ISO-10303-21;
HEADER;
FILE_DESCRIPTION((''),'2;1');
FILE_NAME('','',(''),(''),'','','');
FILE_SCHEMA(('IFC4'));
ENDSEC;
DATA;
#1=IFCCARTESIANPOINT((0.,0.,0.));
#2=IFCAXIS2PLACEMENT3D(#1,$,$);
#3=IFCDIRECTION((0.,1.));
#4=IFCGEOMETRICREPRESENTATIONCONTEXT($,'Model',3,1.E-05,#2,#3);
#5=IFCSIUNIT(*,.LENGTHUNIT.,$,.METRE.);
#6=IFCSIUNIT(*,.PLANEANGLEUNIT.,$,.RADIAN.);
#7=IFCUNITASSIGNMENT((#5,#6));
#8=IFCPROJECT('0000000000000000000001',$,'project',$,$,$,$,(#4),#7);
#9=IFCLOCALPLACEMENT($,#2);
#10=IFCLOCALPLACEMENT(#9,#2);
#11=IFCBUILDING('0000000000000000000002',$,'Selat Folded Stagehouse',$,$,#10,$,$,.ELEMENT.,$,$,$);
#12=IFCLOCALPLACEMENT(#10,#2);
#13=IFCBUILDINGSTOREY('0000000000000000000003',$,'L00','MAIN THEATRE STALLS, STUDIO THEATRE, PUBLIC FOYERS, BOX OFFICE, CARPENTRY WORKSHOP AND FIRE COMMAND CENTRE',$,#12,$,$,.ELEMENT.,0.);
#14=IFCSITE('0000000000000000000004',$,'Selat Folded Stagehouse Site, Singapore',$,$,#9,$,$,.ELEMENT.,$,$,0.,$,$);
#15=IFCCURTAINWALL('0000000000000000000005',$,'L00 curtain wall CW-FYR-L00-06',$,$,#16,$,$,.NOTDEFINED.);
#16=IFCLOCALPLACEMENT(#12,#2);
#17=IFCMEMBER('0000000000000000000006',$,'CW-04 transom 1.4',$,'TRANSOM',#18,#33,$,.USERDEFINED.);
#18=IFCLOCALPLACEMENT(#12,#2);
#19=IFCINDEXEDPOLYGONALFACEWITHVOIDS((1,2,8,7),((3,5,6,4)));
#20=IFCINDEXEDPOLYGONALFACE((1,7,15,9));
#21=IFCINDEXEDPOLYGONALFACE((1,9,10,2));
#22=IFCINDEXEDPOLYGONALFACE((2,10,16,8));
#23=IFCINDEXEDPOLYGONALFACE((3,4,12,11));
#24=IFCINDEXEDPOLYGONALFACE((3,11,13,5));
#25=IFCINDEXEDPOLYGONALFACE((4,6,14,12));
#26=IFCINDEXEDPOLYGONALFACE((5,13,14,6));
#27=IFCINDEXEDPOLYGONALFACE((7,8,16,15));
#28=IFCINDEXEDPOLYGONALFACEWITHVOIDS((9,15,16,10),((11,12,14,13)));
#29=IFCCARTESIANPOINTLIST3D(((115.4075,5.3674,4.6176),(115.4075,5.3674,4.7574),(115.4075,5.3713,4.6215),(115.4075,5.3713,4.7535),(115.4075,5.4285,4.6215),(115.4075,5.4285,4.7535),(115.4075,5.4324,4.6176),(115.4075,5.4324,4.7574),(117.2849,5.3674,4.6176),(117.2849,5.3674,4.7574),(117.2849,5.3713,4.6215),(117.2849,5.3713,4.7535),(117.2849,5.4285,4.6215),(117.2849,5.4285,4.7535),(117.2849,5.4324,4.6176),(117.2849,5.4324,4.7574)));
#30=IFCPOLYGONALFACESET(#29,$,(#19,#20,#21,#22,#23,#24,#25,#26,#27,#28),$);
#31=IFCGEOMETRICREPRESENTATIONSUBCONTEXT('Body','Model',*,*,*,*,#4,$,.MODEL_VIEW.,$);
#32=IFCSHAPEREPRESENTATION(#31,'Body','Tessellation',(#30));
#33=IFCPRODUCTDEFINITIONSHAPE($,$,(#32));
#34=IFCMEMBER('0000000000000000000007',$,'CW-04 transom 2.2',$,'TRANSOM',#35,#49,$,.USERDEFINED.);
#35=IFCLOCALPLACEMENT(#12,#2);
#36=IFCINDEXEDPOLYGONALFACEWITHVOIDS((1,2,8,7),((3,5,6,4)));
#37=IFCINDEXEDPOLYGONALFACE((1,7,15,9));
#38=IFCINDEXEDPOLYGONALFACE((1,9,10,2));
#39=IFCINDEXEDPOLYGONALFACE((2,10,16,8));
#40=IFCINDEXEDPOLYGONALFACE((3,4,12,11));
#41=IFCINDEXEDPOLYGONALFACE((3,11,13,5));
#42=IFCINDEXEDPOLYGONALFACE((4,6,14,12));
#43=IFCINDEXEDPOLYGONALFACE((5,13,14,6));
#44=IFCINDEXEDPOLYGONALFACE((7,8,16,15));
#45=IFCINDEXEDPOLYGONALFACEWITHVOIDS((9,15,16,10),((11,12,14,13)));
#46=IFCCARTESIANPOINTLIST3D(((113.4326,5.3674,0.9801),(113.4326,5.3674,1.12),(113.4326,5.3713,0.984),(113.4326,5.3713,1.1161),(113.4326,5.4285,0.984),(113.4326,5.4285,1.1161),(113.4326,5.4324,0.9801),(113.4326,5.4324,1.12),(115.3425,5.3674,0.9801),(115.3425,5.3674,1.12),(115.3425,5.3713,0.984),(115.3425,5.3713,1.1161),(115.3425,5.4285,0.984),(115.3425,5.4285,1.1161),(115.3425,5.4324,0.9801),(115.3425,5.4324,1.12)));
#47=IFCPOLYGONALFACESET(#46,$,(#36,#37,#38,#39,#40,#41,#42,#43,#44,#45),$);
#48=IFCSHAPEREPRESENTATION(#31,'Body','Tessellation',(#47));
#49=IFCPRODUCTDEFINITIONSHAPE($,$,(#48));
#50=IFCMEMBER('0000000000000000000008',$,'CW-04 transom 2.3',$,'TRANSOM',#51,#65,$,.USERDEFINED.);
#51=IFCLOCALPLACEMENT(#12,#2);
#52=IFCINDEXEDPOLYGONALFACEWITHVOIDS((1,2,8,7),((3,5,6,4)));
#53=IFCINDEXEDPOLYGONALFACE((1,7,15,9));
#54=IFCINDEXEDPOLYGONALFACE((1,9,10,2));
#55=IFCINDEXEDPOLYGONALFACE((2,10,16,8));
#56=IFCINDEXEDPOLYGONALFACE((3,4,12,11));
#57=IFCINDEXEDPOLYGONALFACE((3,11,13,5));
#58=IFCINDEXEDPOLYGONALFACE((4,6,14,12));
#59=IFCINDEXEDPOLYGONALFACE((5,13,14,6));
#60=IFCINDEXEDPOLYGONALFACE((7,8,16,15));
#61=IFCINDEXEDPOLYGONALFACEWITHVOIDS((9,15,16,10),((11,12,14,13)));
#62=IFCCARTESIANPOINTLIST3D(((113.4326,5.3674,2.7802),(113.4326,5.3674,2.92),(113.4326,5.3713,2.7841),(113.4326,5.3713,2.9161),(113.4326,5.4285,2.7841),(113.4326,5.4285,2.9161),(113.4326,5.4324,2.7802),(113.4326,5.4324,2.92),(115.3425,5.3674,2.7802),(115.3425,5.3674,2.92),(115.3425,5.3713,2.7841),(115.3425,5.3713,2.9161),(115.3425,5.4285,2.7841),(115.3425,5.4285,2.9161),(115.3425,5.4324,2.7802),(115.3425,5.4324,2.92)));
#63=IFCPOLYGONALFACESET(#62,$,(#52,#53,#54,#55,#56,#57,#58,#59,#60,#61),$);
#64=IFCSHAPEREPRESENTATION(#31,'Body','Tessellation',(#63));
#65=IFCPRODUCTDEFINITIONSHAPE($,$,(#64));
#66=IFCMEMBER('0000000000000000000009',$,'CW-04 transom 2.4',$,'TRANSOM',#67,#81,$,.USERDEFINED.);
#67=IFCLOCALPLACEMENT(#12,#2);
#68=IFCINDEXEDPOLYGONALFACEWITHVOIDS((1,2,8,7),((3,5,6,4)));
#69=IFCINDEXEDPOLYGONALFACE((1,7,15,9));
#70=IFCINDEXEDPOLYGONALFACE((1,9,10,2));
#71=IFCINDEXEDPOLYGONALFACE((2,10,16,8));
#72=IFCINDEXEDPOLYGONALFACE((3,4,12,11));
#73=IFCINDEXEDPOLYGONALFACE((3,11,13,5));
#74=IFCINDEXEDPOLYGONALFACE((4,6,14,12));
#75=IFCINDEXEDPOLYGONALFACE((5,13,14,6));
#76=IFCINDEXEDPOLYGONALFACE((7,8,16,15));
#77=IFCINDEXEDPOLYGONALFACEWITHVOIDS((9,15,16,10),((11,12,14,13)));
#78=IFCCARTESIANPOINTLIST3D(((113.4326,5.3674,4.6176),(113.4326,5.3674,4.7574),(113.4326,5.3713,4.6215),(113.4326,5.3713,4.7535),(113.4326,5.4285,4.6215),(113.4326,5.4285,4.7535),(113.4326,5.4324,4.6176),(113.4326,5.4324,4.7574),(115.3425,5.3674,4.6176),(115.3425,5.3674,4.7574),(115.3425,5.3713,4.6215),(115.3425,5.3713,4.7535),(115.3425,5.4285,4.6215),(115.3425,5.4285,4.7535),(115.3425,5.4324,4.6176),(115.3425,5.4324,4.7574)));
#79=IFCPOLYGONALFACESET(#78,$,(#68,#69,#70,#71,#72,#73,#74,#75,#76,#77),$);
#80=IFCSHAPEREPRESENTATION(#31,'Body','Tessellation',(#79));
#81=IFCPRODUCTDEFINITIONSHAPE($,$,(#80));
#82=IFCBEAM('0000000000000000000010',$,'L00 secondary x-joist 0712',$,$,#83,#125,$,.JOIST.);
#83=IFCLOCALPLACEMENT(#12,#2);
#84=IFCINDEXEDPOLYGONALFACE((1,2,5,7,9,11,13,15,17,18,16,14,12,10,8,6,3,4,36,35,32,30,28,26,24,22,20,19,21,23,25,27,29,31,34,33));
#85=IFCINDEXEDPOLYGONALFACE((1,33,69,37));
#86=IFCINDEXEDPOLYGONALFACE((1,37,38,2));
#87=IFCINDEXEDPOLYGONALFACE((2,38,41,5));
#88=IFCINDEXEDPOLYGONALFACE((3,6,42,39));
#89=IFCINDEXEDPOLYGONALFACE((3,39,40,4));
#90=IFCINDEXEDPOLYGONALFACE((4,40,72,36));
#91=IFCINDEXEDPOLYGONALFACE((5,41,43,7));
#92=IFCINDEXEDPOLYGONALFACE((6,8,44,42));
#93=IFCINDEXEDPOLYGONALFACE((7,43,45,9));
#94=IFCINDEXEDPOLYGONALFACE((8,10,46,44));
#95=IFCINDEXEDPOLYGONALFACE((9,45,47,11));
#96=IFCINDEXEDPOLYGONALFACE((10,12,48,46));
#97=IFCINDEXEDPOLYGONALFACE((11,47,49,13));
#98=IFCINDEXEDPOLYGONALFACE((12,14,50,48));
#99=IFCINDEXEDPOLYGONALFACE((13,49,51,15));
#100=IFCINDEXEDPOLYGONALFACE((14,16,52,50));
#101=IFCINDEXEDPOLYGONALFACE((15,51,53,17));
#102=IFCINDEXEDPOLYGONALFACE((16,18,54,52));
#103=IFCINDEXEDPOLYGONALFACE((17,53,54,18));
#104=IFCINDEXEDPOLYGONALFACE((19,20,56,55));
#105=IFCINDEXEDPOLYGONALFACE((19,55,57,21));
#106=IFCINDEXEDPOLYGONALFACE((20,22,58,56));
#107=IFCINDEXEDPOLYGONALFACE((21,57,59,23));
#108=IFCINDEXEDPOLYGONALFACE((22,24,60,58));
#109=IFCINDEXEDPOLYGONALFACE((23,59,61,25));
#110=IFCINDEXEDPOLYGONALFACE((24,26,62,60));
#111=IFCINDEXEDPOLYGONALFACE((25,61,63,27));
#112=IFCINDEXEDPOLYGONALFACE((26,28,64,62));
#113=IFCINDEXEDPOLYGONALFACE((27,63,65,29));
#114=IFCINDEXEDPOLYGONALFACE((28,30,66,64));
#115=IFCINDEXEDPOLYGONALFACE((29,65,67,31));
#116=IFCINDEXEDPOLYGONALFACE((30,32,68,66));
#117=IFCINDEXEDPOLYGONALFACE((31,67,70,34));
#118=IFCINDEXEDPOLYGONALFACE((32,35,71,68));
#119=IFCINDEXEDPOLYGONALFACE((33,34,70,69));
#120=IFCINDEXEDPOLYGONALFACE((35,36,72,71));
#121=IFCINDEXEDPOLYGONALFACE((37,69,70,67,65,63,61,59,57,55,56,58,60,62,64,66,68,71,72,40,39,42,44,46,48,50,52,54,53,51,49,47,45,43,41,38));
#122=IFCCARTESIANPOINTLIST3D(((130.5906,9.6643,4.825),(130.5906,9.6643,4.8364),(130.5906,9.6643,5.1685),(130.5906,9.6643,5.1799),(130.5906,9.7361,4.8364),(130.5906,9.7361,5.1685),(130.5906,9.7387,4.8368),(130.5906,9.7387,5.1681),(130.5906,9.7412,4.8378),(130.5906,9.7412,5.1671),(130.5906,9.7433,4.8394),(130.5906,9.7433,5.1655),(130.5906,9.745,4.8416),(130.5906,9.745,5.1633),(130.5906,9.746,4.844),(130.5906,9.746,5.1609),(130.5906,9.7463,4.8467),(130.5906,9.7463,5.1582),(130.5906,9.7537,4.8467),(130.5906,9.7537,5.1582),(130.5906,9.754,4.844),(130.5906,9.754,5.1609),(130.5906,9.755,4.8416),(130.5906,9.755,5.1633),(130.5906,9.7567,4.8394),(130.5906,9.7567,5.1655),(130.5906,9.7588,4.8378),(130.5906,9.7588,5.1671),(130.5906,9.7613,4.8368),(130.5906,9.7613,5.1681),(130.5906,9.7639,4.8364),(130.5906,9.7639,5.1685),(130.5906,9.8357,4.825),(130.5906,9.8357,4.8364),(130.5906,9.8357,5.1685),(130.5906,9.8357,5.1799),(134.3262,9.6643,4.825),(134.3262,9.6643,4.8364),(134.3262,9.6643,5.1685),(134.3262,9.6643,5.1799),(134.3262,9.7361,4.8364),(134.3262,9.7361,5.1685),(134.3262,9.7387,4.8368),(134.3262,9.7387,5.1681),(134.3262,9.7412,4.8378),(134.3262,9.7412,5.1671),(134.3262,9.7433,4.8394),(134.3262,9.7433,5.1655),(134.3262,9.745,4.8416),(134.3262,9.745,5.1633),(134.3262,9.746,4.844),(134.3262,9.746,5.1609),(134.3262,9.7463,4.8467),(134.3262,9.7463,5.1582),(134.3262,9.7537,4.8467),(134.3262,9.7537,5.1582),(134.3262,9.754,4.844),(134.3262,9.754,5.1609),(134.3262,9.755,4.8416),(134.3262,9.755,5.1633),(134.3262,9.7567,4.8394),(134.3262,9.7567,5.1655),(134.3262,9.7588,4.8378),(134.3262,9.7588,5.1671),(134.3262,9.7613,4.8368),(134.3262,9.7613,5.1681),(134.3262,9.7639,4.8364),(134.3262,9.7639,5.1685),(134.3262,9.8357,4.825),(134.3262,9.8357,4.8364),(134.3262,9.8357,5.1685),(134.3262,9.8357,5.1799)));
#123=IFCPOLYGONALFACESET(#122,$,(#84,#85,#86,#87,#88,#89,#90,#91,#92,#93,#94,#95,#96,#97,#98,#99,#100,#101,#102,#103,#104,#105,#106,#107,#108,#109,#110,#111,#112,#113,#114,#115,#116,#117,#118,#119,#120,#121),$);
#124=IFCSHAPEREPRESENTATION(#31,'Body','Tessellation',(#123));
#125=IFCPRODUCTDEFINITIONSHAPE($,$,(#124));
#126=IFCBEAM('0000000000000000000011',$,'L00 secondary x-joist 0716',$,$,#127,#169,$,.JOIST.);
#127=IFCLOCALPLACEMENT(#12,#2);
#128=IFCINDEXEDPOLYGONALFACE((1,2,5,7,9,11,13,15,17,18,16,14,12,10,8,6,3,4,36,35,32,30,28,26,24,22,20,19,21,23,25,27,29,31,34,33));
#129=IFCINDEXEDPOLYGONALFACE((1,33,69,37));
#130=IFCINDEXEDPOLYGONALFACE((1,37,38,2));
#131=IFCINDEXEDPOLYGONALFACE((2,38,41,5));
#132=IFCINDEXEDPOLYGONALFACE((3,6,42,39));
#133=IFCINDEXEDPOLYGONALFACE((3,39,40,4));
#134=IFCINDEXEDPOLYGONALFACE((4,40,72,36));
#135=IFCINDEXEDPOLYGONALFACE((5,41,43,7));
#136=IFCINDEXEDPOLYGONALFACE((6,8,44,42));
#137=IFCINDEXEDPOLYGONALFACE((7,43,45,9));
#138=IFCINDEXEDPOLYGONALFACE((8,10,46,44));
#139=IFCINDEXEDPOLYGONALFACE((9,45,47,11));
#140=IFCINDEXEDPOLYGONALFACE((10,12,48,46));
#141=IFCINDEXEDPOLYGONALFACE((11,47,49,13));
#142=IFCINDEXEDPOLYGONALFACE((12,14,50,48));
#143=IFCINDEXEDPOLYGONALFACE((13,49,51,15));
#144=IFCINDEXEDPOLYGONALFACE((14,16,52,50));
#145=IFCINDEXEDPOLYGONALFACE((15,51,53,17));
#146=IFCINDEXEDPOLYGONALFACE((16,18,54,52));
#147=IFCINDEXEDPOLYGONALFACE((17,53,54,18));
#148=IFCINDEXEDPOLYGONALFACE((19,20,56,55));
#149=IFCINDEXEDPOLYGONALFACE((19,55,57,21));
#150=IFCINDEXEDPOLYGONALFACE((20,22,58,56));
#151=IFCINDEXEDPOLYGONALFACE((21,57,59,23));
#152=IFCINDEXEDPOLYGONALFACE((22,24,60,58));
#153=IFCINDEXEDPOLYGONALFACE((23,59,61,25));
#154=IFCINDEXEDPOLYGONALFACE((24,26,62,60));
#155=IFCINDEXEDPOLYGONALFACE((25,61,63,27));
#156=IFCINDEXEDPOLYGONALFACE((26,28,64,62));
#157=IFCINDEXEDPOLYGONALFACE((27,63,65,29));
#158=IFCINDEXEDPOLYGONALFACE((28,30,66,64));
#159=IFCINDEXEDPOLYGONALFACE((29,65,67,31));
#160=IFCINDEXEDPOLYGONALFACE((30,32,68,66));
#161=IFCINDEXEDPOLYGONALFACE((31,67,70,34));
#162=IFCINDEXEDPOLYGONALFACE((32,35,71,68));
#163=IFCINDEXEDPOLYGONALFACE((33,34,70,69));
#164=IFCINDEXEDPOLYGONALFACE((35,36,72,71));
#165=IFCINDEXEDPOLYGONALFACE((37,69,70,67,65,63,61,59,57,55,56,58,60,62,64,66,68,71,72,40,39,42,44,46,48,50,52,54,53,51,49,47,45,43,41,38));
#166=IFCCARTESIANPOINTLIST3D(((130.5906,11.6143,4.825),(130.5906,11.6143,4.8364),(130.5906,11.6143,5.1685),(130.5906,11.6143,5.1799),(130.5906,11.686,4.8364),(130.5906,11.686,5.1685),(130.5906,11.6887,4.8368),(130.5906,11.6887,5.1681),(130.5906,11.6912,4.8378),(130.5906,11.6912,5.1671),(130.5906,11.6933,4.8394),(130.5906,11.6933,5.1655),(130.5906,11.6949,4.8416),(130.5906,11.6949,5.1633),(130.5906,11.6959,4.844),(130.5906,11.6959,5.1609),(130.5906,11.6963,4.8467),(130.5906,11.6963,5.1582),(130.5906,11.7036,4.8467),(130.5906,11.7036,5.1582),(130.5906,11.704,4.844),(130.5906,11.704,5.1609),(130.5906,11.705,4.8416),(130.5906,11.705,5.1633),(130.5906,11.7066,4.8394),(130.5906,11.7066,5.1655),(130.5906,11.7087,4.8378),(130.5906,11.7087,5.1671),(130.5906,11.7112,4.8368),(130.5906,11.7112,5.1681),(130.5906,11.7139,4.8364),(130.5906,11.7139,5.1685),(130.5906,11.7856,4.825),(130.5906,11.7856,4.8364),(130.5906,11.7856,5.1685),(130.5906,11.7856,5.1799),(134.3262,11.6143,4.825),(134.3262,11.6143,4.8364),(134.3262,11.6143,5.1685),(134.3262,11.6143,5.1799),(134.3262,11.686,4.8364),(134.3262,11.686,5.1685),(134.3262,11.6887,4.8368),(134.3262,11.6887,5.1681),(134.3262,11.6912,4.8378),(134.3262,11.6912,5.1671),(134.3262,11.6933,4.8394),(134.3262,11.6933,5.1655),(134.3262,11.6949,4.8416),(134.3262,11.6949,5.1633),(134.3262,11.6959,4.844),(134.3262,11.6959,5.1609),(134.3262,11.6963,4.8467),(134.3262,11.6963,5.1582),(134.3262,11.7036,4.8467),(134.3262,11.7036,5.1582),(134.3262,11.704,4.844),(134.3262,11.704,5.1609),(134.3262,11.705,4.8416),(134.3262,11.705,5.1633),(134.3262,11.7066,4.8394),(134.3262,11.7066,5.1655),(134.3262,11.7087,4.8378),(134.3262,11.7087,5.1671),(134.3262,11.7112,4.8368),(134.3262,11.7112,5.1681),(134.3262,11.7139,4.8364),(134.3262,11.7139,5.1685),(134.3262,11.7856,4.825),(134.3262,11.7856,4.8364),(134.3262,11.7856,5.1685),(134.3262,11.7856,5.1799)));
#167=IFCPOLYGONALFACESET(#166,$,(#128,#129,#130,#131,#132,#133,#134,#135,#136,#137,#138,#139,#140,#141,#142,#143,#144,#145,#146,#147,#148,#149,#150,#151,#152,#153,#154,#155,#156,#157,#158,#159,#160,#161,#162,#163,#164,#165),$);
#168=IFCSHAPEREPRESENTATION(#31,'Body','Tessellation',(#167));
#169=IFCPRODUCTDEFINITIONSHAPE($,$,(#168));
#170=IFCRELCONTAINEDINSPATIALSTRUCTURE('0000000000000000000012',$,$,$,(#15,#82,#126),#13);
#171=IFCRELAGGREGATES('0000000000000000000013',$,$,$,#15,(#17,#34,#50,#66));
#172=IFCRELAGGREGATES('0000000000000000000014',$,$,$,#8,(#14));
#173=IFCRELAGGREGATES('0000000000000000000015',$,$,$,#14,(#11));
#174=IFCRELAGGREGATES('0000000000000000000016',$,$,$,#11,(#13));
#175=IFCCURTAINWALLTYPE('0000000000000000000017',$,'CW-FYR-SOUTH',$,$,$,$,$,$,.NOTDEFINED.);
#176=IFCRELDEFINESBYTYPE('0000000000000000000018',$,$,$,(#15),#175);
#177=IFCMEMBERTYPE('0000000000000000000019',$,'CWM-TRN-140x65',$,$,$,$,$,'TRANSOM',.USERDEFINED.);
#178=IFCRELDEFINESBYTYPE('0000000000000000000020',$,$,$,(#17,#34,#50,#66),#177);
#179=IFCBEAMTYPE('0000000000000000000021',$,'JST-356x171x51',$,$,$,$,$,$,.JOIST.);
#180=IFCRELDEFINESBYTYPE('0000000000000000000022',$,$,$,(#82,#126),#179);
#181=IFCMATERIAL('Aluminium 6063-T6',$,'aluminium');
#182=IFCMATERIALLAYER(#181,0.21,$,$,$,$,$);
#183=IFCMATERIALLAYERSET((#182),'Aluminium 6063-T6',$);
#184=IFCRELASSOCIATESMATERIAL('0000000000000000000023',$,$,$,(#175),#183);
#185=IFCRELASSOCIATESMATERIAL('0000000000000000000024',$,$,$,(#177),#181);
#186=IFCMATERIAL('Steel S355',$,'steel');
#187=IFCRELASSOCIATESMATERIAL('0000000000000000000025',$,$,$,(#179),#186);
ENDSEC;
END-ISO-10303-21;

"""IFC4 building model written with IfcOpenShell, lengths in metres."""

from ifc_helpers import new_model, si_unit, direction, frame, origin, origin_2d, place, context, subcontext, project, spatial, hollow_rectangle, i_section, extrude, material, layer, layer_set, material_profile, profile_set, type_object, element, aggregate, save


model = new_model("IFC4")

# Units and contexts
model_context = context("Model", 3, precision=1e-05, world=origin(), true_north=direction((0.0, 1.0)))
body_context = subcontext(model_context, "Body", "Model", "MODEL_VIEW")
ifc_project = project(units=[si_unit("LENGTHUNIT", "METRE"), si_unit("PLANEANGLEUNIT", "RADIAN")], contexts=[model_context])

# Site, building, storey
site_placement = place(None, origin())
site = spatial("IfcSite", under=ifc_project, at=site_placement, Name="Selat Folded Stagehouse Site, Singapore", CompositionType="ELEMENT", RefElevation=0.0)
building_placement = place(site_placement, origin())
building = spatial("IfcBuilding", under=site, at=building_placement, Name="Selat Folded Stagehouse", CompositionType="ELEMENT")
storey_placement = place(building_placement, origin())
storey = spatial("IfcBuildingStorey", under=building, at=storey_placement, Name="L00", Description="MAIN THEATRE STALLS, STUDIO THEATRE, PUBLIC FOYERS, BOX OFFICE, CARPENTRY WORKSHOP AND FIRE COMMAND CENTRE", CompositionType="ELEMENT", Elevation=0.0)

# Shared definitions
ifc_material_1 = material(Name="Steel S355", Category="steel")

# Curtain wall, members
ifc_material_2 = material(Name="Aluminium 6063-T6", Category="aluminium")
ifc_layer_1 = layer(ifc_material_2, 0.21)
ifc_layer_set_1 = layer_set([ifc_layer_1], Name="Aluminium 6063-T6")
curtain_wall_type = type_object("IfcCurtainWallType", Name="CW-FYR-SOUTH", PredefinedType="NOTDEFINED", material=ifc_layer_set_1)
curtain_wall_placement = place(storey_placement, origin())
curtain_wall = element("IfcCurtainWall", 1, at=curtain_wall_placement, inside=storey, type_object=curtain_wall_type, Name="L00 curtain wall CW-FYR-L00-06", PredefinedType="NOTDEFINED")
ifc_material_profile_1 = material_profile(ifc_material_2, hollow_rectangle(XDim=0.0649, YDim=0.1399, WallThickness=0.0039, at=origin_2d()), Name="ALU 140x65x4.0")
ifc_profile_set_1 = profile_set([ifc_material_profile_1], Name="Aluminium 6063-T6")
member_type_1 = type_object("IfcMemberType", Name="CWM-TRN-140x65", ElementType="TRANSOM", PredefinedType="USERDEFINED", material=ifc_profile_set_1)
member_1_placement = place(storey_placement, frame((117.2849, 5.3999, 4.6875), z_axis=(-1.0, 0.0, 0.0), x_axis=(0.0, -1.0, 0.0)))
member_1 = element("IfcMember", 2, at=member_1_placement, type_object=member_type_1, Name="CW-04 transom 1.4", ObjectType="TRANSOM", PredefinedType="USERDEFINED", context=body_context, shape_type="SweptSolid", body=[
    extrude(hollow_rectangle(XDim=0.0649, YDim=0.1399, WallThickness=0.0039, at=origin_2d()), origin(), (0.0, 0.0, 1.0), 1.8774),
])
member_2_placement = place(storey_placement, frame((115.3425, 5.3999, 1.05), z_axis=(-1.0, 0.0, 0.0), x_axis=(0.0, -1.0, 0.0)))
member_2 = element("IfcMember", 3, at=member_2_placement, type_object=member_type_1, Name="CW-04 transom 2.2", ObjectType="TRANSOM", PredefinedType="USERDEFINED", context=body_context, shape_type="SweptSolid", body=[
    extrude(hollow_rectangle(XDim=0.0649, YDim=0.1399, WallThickness=0.0039, at=origin_2d()), origin(), (0.0, 0.0, 1.0), 1.9099),
])
member_3_placement = place(storey_placement, frame((115.3425, 5.3999, 2.8501), z_axis=(-1.0, 0.0, 0.0), x_axis=(0.0, -1.0, 0.0)))
member_3 = element("IfcMember", 4, at=member_3_placement, type_object=member_type_1, Name="CW-04 transom 2.3", ObjectType="TRANSOM", PredefinedType="USERDEFINED", context=body_context, shape_type="SweptSolid", body=[
    extrude(hollow_rectangle(XDim=0.0649, YDim=0.1399, WallThickness=0.0039, at=origin_2d()), origin(), (0.0, 0.0, 1.0), 1.9099),
])
member_4_placement = place(storey_placement, frame((115.3425, 5.3999, 4.6875), z_axis=(-1.0, 0.0, 0.0), x_axis=(0.0, -1.0, 0.0)))
member_4 = element("IfcMember", 5, at=member_4_placement, type_object=member_type_1, Name="CW-04 transom 2.4", ObjectType="TRANSOM", PredefinedType="USERDEFINED", context=body_context, shape_type="SweptSolid", body=[
    extrude(hollow_rectangle(XDim=0.0649, YDim=0.1399, WallThickness=0.0039, at=origin_2d()), origin(), (0.0, 0.0, 1.0), 1.9099),
])

# Beams
ifc_material_profile_2 = material_profile(ifc_material_1, i_section(OverallWidth=0.1714, OverallDepth=0.355, WebThickness=0.0073, FlangeThickness=0.0115, FilletRadius=0.0103, at=origin_2d()), Name="UKB 356x171x51")
ifc_profile_set_2 = profile_set([ifc_material_profile_2], Name="Steel S355")
beam_type_1 = type_object("IfcBeamType", Name="JST-356x171x51", PredefinedType="JOIST", material=ifc_profile_set_2)
for number, where, z_axis, x_axis, name in (
    (6, (130.5906, 9.75, 5.0024), (1.0, 0.0, 0.0), (0.0, 1.0, 0.0), "L00 secondary x-joist 0712"),
    (7, (130.5906, 11.7, 5.0024), (1.0, 0.0, 0.0), (0.0, 1.0, 0.0), "L00 secondary x-joist 0716"),
):
    element("IfcBeam", number, at=place(storey_placement, frame(where, z_axis=z_axis, x_axis=x_axis)), inside=storey, type_object=beam_type_1, Name=name, PredefinedType="JOIST", context=body_context, shape_type="SweptSolid", body=[
        extrude(i_section(OverallWidth=0.1714, OverallDepth=0.355, WebThickness=0.0073, FlangeThickness=0.0115, FilletRadius=0.0103, at=origin_2d()), origin(), (0.0, 0.0, 1.0), 3.7356),
    ])

aggregate(curtain_wall, [member_1, member_2, member_3, member_4])

save(model, "model.ifc")
